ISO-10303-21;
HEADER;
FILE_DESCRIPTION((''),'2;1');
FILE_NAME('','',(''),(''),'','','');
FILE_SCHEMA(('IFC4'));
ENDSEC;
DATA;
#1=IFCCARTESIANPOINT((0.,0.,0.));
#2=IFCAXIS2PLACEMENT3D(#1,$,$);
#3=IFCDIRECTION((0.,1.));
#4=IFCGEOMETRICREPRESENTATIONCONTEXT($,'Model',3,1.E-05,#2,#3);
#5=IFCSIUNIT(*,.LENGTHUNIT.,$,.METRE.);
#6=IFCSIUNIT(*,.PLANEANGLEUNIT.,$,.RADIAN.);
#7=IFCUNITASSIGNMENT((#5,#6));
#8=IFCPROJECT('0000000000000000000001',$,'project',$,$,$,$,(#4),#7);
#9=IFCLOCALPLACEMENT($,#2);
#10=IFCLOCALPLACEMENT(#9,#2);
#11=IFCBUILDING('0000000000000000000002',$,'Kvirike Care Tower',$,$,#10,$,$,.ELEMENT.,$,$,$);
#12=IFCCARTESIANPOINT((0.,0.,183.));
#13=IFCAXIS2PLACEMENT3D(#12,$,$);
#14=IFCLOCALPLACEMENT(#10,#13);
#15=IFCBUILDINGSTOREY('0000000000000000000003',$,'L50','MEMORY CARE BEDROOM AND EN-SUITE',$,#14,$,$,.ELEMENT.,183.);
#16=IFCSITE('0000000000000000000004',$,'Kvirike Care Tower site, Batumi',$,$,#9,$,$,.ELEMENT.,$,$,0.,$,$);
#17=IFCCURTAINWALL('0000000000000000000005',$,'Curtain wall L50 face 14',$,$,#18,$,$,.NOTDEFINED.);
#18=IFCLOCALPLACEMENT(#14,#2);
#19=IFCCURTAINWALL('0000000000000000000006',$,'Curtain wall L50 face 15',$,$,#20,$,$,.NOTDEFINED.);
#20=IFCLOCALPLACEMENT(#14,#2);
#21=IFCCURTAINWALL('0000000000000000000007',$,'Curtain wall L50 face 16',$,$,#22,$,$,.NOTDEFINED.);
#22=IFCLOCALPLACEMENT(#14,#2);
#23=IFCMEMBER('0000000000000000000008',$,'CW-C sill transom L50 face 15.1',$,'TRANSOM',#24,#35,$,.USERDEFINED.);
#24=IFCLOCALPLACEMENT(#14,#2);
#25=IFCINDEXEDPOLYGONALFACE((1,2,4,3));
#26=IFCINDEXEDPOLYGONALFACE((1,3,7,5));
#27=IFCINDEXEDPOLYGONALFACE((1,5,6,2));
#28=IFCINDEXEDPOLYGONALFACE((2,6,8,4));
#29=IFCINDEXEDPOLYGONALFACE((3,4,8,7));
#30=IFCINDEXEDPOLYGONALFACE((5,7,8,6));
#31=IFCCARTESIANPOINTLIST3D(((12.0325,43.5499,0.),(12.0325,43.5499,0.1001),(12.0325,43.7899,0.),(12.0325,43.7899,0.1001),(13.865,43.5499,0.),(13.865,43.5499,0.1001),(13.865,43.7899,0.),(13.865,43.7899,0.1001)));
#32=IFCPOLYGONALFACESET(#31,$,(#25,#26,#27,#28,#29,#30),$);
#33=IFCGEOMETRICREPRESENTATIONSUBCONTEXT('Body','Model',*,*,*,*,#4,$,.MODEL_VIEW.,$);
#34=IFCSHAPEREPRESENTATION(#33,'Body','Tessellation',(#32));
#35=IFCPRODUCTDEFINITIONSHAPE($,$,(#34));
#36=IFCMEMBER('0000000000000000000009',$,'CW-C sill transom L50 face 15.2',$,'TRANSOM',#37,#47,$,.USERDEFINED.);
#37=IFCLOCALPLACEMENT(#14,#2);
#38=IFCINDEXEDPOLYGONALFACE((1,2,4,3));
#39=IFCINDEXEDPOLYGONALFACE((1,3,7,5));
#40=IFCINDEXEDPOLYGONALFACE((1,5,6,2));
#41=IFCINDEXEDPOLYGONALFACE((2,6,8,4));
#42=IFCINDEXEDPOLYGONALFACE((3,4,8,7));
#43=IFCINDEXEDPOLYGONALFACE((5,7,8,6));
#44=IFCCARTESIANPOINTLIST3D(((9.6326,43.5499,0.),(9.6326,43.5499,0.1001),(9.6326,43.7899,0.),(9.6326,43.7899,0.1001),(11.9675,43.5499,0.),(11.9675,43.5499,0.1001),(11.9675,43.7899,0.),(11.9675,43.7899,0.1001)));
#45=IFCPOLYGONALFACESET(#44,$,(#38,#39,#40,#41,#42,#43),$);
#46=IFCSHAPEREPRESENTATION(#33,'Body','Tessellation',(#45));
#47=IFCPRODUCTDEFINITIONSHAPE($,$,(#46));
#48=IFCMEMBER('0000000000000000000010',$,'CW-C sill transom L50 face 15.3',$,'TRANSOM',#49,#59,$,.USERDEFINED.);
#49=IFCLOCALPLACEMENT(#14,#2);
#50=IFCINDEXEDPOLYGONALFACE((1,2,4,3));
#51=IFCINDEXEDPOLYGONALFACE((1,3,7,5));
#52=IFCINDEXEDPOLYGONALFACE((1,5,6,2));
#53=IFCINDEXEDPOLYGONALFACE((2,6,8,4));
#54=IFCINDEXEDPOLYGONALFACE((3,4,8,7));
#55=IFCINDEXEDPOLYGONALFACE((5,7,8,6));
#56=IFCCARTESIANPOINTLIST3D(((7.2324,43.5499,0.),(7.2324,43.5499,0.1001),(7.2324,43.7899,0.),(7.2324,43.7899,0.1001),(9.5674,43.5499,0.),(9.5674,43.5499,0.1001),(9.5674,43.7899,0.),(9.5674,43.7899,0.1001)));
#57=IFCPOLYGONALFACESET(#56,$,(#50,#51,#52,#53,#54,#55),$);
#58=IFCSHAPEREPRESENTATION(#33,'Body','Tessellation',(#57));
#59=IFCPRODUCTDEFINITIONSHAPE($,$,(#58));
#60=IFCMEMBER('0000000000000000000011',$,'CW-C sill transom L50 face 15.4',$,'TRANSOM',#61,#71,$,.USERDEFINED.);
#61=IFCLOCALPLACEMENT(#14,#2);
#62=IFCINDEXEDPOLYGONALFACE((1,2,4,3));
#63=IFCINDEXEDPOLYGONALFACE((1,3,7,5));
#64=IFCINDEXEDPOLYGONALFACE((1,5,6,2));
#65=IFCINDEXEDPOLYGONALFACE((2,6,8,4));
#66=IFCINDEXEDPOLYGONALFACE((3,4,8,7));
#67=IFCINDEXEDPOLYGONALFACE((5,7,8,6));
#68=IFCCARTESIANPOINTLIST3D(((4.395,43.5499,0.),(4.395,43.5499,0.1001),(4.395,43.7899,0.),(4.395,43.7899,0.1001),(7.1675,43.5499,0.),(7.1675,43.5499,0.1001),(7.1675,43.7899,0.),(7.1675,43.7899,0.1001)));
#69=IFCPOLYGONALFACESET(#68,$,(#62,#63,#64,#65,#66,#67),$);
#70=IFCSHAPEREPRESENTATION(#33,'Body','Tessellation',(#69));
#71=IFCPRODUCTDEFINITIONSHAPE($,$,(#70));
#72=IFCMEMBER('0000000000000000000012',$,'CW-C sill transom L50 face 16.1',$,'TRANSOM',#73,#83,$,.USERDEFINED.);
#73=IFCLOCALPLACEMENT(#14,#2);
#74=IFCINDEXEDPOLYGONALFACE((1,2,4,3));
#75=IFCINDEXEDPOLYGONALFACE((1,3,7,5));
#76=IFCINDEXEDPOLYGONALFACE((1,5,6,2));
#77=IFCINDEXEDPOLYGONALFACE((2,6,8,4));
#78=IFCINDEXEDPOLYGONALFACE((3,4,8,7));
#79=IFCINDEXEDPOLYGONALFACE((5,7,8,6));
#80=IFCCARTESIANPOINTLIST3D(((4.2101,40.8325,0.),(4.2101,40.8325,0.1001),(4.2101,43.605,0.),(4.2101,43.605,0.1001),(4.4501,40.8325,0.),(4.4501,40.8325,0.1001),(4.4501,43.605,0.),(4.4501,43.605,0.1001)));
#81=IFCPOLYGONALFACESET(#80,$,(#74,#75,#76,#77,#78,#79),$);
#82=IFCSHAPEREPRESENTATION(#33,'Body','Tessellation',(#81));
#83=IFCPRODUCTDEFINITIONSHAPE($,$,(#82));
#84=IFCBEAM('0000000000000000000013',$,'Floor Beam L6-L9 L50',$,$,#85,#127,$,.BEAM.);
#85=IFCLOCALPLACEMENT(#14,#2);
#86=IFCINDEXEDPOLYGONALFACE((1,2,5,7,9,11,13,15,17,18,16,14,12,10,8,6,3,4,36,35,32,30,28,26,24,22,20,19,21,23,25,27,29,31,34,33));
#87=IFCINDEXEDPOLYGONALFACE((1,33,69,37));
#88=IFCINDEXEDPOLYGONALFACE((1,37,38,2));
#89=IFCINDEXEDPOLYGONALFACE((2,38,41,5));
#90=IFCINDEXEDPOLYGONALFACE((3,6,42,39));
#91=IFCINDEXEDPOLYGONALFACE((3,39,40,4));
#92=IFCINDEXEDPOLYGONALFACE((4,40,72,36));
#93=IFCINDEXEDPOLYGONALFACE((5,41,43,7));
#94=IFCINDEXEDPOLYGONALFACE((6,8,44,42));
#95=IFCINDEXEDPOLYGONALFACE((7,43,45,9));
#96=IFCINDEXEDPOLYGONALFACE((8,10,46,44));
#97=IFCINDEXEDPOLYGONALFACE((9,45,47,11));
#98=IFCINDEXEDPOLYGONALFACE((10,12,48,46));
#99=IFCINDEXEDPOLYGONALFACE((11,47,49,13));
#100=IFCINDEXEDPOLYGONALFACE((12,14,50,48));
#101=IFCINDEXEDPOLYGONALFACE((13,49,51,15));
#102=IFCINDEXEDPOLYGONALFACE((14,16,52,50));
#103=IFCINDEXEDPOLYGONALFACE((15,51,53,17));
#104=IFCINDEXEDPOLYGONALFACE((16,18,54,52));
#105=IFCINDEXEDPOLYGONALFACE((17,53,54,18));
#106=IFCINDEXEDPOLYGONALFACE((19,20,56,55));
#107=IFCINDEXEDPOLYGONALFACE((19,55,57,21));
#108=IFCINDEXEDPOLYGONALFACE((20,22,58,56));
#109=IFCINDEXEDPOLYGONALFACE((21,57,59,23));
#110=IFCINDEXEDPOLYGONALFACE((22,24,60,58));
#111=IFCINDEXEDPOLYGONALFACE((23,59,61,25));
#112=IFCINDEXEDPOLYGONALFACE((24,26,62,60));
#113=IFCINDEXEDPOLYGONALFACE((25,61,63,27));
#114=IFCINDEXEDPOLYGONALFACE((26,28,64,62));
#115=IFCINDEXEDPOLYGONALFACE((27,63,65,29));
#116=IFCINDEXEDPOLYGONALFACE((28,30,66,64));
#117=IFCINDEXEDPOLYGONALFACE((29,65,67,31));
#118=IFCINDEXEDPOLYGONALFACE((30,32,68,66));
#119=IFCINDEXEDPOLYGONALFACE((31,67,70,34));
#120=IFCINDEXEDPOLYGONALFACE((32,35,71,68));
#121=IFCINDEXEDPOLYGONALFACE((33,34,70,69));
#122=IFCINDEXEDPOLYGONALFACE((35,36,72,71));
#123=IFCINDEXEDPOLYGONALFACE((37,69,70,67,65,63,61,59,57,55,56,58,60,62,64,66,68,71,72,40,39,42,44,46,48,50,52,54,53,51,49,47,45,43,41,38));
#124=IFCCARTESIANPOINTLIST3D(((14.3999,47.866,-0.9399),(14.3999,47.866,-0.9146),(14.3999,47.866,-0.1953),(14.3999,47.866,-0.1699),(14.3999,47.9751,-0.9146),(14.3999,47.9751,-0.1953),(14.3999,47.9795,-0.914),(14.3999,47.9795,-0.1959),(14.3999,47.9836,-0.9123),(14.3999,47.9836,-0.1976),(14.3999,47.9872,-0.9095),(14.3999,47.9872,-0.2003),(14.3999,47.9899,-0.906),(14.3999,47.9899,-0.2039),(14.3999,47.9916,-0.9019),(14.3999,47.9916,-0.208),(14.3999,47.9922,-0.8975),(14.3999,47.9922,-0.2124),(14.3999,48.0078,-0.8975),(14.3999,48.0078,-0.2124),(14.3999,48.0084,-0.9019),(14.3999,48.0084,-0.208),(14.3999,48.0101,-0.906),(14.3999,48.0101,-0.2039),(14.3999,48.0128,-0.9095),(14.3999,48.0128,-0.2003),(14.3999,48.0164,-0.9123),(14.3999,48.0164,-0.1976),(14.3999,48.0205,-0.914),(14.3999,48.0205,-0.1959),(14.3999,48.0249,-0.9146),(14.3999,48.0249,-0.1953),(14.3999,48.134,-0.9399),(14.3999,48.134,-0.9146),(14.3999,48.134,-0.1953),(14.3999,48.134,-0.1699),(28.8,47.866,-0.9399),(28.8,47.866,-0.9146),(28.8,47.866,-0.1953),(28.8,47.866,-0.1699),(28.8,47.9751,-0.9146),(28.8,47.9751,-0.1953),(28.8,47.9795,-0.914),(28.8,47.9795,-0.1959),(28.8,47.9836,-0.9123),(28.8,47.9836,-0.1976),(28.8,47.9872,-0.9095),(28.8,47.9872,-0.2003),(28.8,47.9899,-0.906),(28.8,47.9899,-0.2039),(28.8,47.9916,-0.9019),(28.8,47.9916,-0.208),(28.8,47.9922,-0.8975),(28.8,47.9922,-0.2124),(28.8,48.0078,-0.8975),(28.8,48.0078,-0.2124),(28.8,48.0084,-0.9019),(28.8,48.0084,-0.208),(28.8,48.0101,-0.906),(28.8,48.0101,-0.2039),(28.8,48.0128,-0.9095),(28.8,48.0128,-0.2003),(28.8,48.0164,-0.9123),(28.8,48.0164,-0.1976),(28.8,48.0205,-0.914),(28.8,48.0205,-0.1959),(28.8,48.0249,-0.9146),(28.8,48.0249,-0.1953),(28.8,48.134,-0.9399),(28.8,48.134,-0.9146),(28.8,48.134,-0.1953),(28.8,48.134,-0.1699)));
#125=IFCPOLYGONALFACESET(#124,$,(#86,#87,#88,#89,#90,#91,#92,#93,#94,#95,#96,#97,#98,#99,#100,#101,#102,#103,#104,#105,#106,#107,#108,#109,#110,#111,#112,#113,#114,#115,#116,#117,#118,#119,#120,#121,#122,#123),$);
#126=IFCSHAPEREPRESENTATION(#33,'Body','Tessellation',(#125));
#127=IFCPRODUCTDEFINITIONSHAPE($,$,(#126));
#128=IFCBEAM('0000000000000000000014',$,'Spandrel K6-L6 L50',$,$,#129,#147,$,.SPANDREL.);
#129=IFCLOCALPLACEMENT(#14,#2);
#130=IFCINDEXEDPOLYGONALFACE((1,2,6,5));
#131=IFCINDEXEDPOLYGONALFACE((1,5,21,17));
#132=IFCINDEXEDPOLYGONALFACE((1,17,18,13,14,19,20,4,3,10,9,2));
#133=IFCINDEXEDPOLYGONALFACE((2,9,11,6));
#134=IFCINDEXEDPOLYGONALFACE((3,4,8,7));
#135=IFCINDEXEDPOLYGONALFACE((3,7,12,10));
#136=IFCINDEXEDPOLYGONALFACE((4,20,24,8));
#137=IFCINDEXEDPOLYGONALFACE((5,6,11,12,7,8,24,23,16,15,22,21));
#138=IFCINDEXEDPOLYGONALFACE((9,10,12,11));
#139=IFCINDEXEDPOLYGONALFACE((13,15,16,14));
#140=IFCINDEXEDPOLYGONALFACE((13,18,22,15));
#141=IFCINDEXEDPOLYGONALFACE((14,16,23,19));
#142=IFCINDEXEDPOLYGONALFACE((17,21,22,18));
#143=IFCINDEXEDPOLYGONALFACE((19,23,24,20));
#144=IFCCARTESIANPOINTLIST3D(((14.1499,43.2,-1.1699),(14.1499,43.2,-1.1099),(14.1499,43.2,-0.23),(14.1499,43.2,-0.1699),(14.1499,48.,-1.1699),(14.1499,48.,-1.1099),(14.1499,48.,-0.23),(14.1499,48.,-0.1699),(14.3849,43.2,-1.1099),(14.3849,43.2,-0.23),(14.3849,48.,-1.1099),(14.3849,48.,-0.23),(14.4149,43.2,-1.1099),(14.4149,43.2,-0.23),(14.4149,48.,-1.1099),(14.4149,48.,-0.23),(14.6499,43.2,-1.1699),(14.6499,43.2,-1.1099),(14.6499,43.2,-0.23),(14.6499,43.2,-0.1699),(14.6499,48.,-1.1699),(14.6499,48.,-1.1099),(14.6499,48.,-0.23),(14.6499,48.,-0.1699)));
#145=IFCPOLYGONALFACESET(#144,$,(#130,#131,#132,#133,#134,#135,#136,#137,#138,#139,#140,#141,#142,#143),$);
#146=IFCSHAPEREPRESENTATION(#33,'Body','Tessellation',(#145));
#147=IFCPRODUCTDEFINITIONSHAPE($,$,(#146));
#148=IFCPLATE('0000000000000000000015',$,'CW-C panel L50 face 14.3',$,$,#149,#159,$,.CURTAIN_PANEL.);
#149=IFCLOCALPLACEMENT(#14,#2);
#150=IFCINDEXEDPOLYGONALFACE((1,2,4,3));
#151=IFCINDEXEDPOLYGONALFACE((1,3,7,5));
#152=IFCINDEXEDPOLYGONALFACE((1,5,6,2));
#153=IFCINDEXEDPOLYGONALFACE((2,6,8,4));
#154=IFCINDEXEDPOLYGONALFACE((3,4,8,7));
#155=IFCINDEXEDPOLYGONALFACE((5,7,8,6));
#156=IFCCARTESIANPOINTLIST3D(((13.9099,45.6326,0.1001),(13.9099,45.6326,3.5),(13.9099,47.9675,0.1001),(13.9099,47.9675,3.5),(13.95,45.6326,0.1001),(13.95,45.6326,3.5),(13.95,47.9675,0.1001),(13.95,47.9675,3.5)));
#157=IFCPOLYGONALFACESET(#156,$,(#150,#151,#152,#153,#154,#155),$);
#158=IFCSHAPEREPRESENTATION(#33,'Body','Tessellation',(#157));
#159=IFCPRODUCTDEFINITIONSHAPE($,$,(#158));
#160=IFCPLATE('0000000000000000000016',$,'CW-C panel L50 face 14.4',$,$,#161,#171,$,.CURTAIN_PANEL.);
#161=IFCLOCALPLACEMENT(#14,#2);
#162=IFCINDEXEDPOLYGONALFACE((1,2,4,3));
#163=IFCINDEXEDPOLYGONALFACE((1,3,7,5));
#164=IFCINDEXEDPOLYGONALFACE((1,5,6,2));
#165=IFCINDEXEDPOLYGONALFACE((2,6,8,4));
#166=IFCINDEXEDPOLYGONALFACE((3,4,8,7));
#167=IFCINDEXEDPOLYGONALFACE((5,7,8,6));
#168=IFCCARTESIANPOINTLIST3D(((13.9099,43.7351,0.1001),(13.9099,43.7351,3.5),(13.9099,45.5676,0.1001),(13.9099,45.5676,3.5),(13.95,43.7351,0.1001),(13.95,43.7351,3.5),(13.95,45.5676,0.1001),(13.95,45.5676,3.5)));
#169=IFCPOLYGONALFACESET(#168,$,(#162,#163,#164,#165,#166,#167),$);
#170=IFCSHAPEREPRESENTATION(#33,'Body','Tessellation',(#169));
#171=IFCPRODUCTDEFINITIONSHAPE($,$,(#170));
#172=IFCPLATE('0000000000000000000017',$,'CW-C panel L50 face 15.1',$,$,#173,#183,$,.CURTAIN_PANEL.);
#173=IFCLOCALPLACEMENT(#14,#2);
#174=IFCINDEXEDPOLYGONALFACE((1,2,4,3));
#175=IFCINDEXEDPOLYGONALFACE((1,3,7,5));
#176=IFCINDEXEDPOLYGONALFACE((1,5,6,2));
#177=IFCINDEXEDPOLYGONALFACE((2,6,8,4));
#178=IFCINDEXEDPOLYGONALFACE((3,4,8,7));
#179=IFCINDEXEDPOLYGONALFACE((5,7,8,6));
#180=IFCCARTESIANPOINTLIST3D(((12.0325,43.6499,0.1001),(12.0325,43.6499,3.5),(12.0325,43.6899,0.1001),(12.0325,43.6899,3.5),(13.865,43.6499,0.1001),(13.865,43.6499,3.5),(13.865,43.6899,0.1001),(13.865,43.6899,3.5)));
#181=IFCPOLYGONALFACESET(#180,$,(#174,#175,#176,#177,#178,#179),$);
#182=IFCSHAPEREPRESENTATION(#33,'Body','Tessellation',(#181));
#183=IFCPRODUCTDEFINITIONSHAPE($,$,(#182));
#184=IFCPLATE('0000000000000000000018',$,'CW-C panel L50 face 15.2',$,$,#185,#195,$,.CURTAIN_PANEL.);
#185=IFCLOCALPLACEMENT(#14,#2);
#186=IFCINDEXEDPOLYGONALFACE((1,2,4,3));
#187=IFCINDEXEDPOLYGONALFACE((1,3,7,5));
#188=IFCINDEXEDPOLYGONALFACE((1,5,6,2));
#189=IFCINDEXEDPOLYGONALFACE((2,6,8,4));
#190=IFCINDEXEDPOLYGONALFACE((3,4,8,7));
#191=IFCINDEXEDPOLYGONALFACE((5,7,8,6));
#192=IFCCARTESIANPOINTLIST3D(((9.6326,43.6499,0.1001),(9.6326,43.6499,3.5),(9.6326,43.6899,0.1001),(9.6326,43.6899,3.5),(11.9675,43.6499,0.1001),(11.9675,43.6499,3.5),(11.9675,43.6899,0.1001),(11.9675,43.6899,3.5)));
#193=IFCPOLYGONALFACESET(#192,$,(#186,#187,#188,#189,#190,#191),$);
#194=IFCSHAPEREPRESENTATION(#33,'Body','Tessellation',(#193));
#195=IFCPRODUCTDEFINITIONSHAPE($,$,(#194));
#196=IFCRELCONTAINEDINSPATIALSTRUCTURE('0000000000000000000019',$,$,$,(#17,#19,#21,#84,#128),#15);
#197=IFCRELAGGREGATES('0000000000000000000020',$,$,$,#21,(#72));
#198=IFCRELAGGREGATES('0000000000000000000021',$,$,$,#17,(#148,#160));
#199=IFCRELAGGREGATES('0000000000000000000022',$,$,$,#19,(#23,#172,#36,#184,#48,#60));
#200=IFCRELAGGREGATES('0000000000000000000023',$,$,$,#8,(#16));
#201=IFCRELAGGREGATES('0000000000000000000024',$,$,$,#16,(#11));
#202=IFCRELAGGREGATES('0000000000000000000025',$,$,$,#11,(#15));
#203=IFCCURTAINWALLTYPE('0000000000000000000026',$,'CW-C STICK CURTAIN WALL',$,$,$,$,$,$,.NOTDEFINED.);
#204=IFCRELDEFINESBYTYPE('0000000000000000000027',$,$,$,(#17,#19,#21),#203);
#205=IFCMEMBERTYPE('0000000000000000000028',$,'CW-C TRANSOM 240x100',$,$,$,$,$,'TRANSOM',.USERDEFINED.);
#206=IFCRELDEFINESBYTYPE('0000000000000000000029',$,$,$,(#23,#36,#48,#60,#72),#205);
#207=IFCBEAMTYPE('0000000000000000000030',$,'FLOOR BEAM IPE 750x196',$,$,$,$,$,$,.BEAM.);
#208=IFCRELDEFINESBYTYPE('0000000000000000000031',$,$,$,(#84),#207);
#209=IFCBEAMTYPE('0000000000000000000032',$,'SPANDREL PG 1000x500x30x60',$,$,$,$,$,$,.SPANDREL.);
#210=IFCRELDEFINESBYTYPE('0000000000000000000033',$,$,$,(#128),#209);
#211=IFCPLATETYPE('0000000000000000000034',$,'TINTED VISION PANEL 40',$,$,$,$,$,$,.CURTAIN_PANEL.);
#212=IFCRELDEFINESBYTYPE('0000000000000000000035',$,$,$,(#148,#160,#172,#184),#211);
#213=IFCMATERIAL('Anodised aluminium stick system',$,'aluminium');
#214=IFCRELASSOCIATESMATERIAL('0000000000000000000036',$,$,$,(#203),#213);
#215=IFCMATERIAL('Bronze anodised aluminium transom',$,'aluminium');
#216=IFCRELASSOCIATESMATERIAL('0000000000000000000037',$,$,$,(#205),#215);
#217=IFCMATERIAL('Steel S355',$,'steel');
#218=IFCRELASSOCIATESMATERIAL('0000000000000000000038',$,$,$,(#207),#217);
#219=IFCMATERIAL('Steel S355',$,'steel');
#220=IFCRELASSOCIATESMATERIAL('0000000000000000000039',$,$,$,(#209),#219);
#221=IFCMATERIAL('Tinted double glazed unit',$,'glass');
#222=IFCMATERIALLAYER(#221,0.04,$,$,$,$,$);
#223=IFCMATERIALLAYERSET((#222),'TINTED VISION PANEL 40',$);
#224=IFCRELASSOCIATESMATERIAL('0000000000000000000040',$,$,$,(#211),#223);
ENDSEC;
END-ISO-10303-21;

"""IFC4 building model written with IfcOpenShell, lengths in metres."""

from ifc_helpers import new_model, si_unit, direction, frame, origin, origin_2d, place, context, subcontext, project, spatial, rectangle, i_section, extrude, material, layer, layer_set, material_profile, profile_set, type_object, element, aggregate, save


model = new_model("IFC4")

# Units and contexts
model_context = context("Model", 3, precision=1e-05, world=origin(), true_north=direction((0.0, 1.0)))
body_context = subcontext(model_context, "Body", "Model", "MODEL_VIEW")
ifc_project = project(units=[si_unit("LENGTHUNIT", "METRE"), si_unit("PLANEANGLEUNIT", "RADIAN")], contexts=[model_context])

# Site, building, storey
site_placement = place(None, origin())
site = spatial("IfcSite", under=ifc_project, at=site_placement, Name="Kvirike Care Tower site, Batumi", CompositionType="ELEMENT", RefElevation=0.0)
building_placement = place(site_placement, origin())
building = spatial("IfcBuilding", under=site, at=building_placement, Name="Kvirike Care Tower", CompositionType="ELEMENT")
storey_placement = place(building_placement, frame((0.0, 0.0, 183.0)))
storey = spatial("IfcBuildingStorey", under=building, at=storey_placement, Name="L50", Description="MEMORY CARE BEDROOM AND EN-SUITE", CompositionType="ELEMENT", Elevation=183.0)

# Curtain walls
ifc_material_1 = material(Name="Anodised aluminium stick system", Category="aluminium")
curtain_wall_type = type_object("IfcCurtainWallType", Name="CW-C STICK CURTAIN WALL", PredefinedType="NOTDEFINED", material=ifc_material_1)
curtain_wall_1_placement = place(storey_placement, origin())
curtain_wall_1 = element("IfcCurtainWall", 1, at=curtain_wall_1_placement, inside=storey, type_object=curtain_wall_type, Name="Curtain wall L50 face 14", PredefinedType="NOTDEFINED")
curtain_wall_2_placement = place(storey_placement, origin())
curtain_wall_2 = element("IfcCurtainWall", 2, at=curtain_wall_2_placement, inside=storey, type_object=curtain_wall_type, Name="Curtain wall L50 face 15", PredefinedType="NOTDEFINED")

# Curtain wall
curtain_wall_3_placement = place(storey_placement, origin())
curtain_wall_3 = element("IfcCurtainWall", 3, at=curtain_wall_3_placement, inside=storey, type_object=curtain_wall_type, Name="Curtain wall L50 face 16", PredefinedType="NOTDEFINED")

# Members
ifc_material_2 = material(Name="Bronze anodised aluminium transom", Category="aluminium")
ifc_material_profile_1 = material_profile(ifc_material_2, rectangle(XDim=0.24, YDim=0.1001, at=origin_2d()), Name="CW-C TRANSOM 240x100")
ifc_profile_set_1 = profile_set([ifc_material_profile_1], Name="Bronze anodised aluminium transom")
member_type_1 = type_object("IfcMemberType", Name="CW-C TRANSOM 240x100", ElementType="TRANSOM", PredefinedType="USERDEFINED", material=ifc_profile_set_1)
member_1_placement = place(storey_placement, frame((13.865, 43.6699, 0.05), z_axis=(-1.0, 0.0, 0.0), x_axis=(0.0, -1.0, 0.0)))
member_1 = element("IfcMember", 4, at=member_1_placement, type_object=member_type_1, Name="CW-C sill transom L50 face 15.1", ObjectType="TRANSOM", PredefinedType="USERDEFINED", context=body_context, shape_type="SweptSolid", body=[
    extrude(rectangle(XDim=0.24, YDim=0.1001, at=origin_2d()), origin(), (0.0, 0.0, 1.0), 1.8325),
])
member_2_placement = place(storey_placement, frame((11.9675, 43.6699, 0.05), z_axis=(-1.0, 0.0, 0.0), x_axis=(0.0, -1.0, 0.0)))
member_2 = element("IfcMember", 5, at=member_2_placement, type_object=member_type_1, Name="CW-C sill transom L50 face 15.2", ObjectType="TRANSOM", PredefinedType="USERDEFINED", context=body_context, shape_type="SweptSolid", body=[
    extrude(rectangle(XDim=0.24, YDim=0.1001, at=origin_2d()), origin(), (0.0, 0.0, 1.0), 2.335),
])
member_3_placement = place(storey_placement, frame((9.5674, 43.6699, 0.05), z_axis=(-1.0, 0.0, 0.0), x_axis=(0.0, -1.0, 0.0)))
member_3 = element("IfcMember", 6, at=member_3_placement, type_object=member_type_1, Name="CW-C sill transom L50 face 15.3", ObjectType="TRANSOM", PredefinedType="USERDEFINED", context=body_context, shape_type="SweptSolid", body=[
    extrude(rectangle(XDim=0.24, YDim=0.1001, at=origin_2d()), origin(), (0.0, 0.0, 1.0), 2.335),
])
member_4_placement = place(storey_placement, frame((7.1675, 43.6699, 0.05), z_axis=(-1.0, 0.0, 0.0), x_axis=(0.0, -1.0, 0.0)))
member_4 = element("IfcMember", 7, at=member_4_placement, type_object=member_type_1, Name="CW-C sill transom L50 face 15.4", ObjectType="TRANSOM", PredefinedType="USERDEFINED", context=body_context, shape_type="SweptSolid", body=[
    extrude(rectangle(XDim=0.24, YDim=0.1001, at=origin_2d()), origin(), (0.0, 0.0, 1.0), 2.7725),
])
member_5_placement = place(storey_placement, frame((4.3301, 43.605, 0.05), z_axis=(0.0, -1.0, 0.0), x_axis=(1.0, 0.0, 0.0)))
member_5 = element("IfcMember", 8, at=member_5_placement, type_object=member_type_1, Name="CW-C sill transom L50 face 16.1", ObjectType="TRANSOM", PredefinedType="USERDEFINED", context=body_context, shape_type="SweptSolid", body=[
    extrude(rectangle(XDim=0.24, YDim=0.1001, at=origin_2d()), origin(), (0.0, 0.0, 1.0), 2.7725),
])
aggregate(curtain_wall_3, [member_5])

# Beams
ifc_material_3 = material(Name="Steel S355", Category="steel")
ifc_material_profile_2 = material_profile(ifc_material_3, i_section(OverallWidth=0.2681, OverallDepth=0.77, WebThickness=0.0156, FlangeThickness=0.0254, FilletRadius=0.0171, at=origin_2d()), Name="IPE 750x196")
ifc_profile_set_2 = profile_set([ifc_material_profile_2], Name="Steel S355")
beam_type_1 = type_object("IfcBeamType", Name="FLOOR BEAM IPE 750x196", PredefinedType="BEAM", material=ifc_profile_set_2)
beam_1_placement = place(storey_placement, frame((14.3999, 48.0, -0.5549), z_axis=(1.0, 0.0, 0.0), x_axis=(0.0, 1.0, 0.0)))
element("IfcBeam", 9, at=beam_1_placement, inside=storey, type_object=beam_type_1, Name="Floor Beam L6-L9 L50", PredefinedType="BEAM", context=body_context, shape_type="SweptSolid", body=[
    extrude(i_section(OverallWidth=0.2681, OverallDepth=0.77, WebThickness=0.0156, FlangeThickness=0.0254, FilletRadius=0.0171, at=origin_2d()), origin(), (0.0, 0.0, 1.0), 14.4001),
])
ifc_material_4 = material(Name="Steel S355", Category="steel")
ifc_material_profile_3 = material_profile(ifc_material_4, i_section(OverallWidth=0.5, OverallDepth=1.0, WebThickness=0.03, FlangeThickness=0.0601, at=origin_2d()), Name="PG 1000x500x30x60")
ifc_profile_set_3 = profile_set([ifc_material_profile_3], Name="Steel S355")
beam_type_2 = type_object("IfcBeamType", Name="SPANDREL PG 1000x500x30x60", PredefinedType="SPANDREL", material=ifc_profile_set_3)
beam_2_placement = place(storey_placement, frame((14.3999, 43.2, -0.6699), z_axis=(0.0, 1.0, 0.0), x_axis=(-1.0, 0.0, 0.0)))
element("IfcBeam", 10, at=beam_2_placement, inside=storey, type_object=beam_type_2, Name="Spandrel K6-L6 L50", PredefinedType="SPANDREL", context=body_context, shape_type="SweptSolid", body=[
    extrude(i_section(OverallWidth=0.5, OverallDepth=1.0, WebThickness=0.03, FlangeThickness=0.0601, at=origin_2d()), origin(), (0.0, 0.0, 1.0), 4.8),
])

# Plates
ifc_material_5 = material(Name="Tinted double glazed unit", Category="glass")
ifc_layer_1 = layer(ifc_material_5, 0.04)
ifc_layer_set_1 = layer_set([ifc_layer_1], Name="TINTED VISION PANEL 40")
plate_type = type_object("IfcPlateType", Name="TINTED VISION PANEL 40", PredefinedType="CURTAIN_PANEL", material=ifc_layer_set_1)
plate_1_placement = place(storey_placement, frame((13.9299, 46.8, 0.1001), z_axis=(0.0, 0.0, 1.0), x_axis=(0.0, -1.0, 0.0)))
plate_1 = element("IfcPlate", 11, at=plate_1_placement, type_object=plate_type, Name="CW-C panel L50 face 14.3", PredefinedType="CURTAIN_PANEL", context=body_context, shape_type="SweptSolid", body=[
    extrude(rectangle(XDim=2.335, YDim=0.04, at=origin_2d()), origin(), (0.0, 0.0, 1.0), 3.3999),
])
plate_2_placement = place(storey_placement, frame((13.9299, 44.6514, 0.1001), z_axis=(0.0, 0.0, 1.0), x_axis=(0.0, -1.0, 0.0)))
plate_2 = element("IfcPlate", 12, at=plate_2_placement, type_object=plate_type, Name="CW-C panel L50 face 14.4", PredefinedType="CURTAIN_PANEL", context=body_context, shape_type="SweptSolid", body=[
    extrude(rectangle(XDim=1.8325, YDim=0.04, at=origin_2d()), origin(), (0.0, 0.0, 1.0), 3.3999),
])
aggregate(curtain_wall_1, [plate_1, plate_2])
plate_3_placement = place(storey_placement, frame((12.9487, 43.6699, 0.1001), z_axis=(0.0, 0.0, 1.0), x_axis=(-1.0, 0.0, 0.0)))
plate_3 = element("IfcPlate", 13, at=plate_3_placement, type_object=plate_type, Name="CW-C panel L50 face 15.1", PredefinedType="CURTAIN_PANEL", context=body_context, shape_type="SweptSolid", body=[
    extrude(rectangle(XDim=1.8325, YDim=0.04, at=origin_2d()), origin(), (0.0, 0.0, 1.0), 3.3999),
])
plate_4_placement = place(storey_placement, frame((10.8, 43.6699, 0.1001), z_axis=(0.0, 0.0, 1.0), x_axis=(-1.0, 0.0, 0.0)))
plate_4 = element("IfcPlate", 14, at=plate_4_placement, type_object=plate_type, Name="CW-C panel L50 face 15.2", PredefinedType="CURTAIN_PANEL", context=body_context, shape_type="SweptSolid", body=[
    extrude(rectangle(XDim=2.335, YDim=0.04, at=origin_2d()), origin(), (0.0, 0.0, 1.0), 3.3999),
])
aggregate(curtain_wall_2, [member_1, plate_3, member_2, plate_4, member_3, member_4])

save(model, "model.ifc")
